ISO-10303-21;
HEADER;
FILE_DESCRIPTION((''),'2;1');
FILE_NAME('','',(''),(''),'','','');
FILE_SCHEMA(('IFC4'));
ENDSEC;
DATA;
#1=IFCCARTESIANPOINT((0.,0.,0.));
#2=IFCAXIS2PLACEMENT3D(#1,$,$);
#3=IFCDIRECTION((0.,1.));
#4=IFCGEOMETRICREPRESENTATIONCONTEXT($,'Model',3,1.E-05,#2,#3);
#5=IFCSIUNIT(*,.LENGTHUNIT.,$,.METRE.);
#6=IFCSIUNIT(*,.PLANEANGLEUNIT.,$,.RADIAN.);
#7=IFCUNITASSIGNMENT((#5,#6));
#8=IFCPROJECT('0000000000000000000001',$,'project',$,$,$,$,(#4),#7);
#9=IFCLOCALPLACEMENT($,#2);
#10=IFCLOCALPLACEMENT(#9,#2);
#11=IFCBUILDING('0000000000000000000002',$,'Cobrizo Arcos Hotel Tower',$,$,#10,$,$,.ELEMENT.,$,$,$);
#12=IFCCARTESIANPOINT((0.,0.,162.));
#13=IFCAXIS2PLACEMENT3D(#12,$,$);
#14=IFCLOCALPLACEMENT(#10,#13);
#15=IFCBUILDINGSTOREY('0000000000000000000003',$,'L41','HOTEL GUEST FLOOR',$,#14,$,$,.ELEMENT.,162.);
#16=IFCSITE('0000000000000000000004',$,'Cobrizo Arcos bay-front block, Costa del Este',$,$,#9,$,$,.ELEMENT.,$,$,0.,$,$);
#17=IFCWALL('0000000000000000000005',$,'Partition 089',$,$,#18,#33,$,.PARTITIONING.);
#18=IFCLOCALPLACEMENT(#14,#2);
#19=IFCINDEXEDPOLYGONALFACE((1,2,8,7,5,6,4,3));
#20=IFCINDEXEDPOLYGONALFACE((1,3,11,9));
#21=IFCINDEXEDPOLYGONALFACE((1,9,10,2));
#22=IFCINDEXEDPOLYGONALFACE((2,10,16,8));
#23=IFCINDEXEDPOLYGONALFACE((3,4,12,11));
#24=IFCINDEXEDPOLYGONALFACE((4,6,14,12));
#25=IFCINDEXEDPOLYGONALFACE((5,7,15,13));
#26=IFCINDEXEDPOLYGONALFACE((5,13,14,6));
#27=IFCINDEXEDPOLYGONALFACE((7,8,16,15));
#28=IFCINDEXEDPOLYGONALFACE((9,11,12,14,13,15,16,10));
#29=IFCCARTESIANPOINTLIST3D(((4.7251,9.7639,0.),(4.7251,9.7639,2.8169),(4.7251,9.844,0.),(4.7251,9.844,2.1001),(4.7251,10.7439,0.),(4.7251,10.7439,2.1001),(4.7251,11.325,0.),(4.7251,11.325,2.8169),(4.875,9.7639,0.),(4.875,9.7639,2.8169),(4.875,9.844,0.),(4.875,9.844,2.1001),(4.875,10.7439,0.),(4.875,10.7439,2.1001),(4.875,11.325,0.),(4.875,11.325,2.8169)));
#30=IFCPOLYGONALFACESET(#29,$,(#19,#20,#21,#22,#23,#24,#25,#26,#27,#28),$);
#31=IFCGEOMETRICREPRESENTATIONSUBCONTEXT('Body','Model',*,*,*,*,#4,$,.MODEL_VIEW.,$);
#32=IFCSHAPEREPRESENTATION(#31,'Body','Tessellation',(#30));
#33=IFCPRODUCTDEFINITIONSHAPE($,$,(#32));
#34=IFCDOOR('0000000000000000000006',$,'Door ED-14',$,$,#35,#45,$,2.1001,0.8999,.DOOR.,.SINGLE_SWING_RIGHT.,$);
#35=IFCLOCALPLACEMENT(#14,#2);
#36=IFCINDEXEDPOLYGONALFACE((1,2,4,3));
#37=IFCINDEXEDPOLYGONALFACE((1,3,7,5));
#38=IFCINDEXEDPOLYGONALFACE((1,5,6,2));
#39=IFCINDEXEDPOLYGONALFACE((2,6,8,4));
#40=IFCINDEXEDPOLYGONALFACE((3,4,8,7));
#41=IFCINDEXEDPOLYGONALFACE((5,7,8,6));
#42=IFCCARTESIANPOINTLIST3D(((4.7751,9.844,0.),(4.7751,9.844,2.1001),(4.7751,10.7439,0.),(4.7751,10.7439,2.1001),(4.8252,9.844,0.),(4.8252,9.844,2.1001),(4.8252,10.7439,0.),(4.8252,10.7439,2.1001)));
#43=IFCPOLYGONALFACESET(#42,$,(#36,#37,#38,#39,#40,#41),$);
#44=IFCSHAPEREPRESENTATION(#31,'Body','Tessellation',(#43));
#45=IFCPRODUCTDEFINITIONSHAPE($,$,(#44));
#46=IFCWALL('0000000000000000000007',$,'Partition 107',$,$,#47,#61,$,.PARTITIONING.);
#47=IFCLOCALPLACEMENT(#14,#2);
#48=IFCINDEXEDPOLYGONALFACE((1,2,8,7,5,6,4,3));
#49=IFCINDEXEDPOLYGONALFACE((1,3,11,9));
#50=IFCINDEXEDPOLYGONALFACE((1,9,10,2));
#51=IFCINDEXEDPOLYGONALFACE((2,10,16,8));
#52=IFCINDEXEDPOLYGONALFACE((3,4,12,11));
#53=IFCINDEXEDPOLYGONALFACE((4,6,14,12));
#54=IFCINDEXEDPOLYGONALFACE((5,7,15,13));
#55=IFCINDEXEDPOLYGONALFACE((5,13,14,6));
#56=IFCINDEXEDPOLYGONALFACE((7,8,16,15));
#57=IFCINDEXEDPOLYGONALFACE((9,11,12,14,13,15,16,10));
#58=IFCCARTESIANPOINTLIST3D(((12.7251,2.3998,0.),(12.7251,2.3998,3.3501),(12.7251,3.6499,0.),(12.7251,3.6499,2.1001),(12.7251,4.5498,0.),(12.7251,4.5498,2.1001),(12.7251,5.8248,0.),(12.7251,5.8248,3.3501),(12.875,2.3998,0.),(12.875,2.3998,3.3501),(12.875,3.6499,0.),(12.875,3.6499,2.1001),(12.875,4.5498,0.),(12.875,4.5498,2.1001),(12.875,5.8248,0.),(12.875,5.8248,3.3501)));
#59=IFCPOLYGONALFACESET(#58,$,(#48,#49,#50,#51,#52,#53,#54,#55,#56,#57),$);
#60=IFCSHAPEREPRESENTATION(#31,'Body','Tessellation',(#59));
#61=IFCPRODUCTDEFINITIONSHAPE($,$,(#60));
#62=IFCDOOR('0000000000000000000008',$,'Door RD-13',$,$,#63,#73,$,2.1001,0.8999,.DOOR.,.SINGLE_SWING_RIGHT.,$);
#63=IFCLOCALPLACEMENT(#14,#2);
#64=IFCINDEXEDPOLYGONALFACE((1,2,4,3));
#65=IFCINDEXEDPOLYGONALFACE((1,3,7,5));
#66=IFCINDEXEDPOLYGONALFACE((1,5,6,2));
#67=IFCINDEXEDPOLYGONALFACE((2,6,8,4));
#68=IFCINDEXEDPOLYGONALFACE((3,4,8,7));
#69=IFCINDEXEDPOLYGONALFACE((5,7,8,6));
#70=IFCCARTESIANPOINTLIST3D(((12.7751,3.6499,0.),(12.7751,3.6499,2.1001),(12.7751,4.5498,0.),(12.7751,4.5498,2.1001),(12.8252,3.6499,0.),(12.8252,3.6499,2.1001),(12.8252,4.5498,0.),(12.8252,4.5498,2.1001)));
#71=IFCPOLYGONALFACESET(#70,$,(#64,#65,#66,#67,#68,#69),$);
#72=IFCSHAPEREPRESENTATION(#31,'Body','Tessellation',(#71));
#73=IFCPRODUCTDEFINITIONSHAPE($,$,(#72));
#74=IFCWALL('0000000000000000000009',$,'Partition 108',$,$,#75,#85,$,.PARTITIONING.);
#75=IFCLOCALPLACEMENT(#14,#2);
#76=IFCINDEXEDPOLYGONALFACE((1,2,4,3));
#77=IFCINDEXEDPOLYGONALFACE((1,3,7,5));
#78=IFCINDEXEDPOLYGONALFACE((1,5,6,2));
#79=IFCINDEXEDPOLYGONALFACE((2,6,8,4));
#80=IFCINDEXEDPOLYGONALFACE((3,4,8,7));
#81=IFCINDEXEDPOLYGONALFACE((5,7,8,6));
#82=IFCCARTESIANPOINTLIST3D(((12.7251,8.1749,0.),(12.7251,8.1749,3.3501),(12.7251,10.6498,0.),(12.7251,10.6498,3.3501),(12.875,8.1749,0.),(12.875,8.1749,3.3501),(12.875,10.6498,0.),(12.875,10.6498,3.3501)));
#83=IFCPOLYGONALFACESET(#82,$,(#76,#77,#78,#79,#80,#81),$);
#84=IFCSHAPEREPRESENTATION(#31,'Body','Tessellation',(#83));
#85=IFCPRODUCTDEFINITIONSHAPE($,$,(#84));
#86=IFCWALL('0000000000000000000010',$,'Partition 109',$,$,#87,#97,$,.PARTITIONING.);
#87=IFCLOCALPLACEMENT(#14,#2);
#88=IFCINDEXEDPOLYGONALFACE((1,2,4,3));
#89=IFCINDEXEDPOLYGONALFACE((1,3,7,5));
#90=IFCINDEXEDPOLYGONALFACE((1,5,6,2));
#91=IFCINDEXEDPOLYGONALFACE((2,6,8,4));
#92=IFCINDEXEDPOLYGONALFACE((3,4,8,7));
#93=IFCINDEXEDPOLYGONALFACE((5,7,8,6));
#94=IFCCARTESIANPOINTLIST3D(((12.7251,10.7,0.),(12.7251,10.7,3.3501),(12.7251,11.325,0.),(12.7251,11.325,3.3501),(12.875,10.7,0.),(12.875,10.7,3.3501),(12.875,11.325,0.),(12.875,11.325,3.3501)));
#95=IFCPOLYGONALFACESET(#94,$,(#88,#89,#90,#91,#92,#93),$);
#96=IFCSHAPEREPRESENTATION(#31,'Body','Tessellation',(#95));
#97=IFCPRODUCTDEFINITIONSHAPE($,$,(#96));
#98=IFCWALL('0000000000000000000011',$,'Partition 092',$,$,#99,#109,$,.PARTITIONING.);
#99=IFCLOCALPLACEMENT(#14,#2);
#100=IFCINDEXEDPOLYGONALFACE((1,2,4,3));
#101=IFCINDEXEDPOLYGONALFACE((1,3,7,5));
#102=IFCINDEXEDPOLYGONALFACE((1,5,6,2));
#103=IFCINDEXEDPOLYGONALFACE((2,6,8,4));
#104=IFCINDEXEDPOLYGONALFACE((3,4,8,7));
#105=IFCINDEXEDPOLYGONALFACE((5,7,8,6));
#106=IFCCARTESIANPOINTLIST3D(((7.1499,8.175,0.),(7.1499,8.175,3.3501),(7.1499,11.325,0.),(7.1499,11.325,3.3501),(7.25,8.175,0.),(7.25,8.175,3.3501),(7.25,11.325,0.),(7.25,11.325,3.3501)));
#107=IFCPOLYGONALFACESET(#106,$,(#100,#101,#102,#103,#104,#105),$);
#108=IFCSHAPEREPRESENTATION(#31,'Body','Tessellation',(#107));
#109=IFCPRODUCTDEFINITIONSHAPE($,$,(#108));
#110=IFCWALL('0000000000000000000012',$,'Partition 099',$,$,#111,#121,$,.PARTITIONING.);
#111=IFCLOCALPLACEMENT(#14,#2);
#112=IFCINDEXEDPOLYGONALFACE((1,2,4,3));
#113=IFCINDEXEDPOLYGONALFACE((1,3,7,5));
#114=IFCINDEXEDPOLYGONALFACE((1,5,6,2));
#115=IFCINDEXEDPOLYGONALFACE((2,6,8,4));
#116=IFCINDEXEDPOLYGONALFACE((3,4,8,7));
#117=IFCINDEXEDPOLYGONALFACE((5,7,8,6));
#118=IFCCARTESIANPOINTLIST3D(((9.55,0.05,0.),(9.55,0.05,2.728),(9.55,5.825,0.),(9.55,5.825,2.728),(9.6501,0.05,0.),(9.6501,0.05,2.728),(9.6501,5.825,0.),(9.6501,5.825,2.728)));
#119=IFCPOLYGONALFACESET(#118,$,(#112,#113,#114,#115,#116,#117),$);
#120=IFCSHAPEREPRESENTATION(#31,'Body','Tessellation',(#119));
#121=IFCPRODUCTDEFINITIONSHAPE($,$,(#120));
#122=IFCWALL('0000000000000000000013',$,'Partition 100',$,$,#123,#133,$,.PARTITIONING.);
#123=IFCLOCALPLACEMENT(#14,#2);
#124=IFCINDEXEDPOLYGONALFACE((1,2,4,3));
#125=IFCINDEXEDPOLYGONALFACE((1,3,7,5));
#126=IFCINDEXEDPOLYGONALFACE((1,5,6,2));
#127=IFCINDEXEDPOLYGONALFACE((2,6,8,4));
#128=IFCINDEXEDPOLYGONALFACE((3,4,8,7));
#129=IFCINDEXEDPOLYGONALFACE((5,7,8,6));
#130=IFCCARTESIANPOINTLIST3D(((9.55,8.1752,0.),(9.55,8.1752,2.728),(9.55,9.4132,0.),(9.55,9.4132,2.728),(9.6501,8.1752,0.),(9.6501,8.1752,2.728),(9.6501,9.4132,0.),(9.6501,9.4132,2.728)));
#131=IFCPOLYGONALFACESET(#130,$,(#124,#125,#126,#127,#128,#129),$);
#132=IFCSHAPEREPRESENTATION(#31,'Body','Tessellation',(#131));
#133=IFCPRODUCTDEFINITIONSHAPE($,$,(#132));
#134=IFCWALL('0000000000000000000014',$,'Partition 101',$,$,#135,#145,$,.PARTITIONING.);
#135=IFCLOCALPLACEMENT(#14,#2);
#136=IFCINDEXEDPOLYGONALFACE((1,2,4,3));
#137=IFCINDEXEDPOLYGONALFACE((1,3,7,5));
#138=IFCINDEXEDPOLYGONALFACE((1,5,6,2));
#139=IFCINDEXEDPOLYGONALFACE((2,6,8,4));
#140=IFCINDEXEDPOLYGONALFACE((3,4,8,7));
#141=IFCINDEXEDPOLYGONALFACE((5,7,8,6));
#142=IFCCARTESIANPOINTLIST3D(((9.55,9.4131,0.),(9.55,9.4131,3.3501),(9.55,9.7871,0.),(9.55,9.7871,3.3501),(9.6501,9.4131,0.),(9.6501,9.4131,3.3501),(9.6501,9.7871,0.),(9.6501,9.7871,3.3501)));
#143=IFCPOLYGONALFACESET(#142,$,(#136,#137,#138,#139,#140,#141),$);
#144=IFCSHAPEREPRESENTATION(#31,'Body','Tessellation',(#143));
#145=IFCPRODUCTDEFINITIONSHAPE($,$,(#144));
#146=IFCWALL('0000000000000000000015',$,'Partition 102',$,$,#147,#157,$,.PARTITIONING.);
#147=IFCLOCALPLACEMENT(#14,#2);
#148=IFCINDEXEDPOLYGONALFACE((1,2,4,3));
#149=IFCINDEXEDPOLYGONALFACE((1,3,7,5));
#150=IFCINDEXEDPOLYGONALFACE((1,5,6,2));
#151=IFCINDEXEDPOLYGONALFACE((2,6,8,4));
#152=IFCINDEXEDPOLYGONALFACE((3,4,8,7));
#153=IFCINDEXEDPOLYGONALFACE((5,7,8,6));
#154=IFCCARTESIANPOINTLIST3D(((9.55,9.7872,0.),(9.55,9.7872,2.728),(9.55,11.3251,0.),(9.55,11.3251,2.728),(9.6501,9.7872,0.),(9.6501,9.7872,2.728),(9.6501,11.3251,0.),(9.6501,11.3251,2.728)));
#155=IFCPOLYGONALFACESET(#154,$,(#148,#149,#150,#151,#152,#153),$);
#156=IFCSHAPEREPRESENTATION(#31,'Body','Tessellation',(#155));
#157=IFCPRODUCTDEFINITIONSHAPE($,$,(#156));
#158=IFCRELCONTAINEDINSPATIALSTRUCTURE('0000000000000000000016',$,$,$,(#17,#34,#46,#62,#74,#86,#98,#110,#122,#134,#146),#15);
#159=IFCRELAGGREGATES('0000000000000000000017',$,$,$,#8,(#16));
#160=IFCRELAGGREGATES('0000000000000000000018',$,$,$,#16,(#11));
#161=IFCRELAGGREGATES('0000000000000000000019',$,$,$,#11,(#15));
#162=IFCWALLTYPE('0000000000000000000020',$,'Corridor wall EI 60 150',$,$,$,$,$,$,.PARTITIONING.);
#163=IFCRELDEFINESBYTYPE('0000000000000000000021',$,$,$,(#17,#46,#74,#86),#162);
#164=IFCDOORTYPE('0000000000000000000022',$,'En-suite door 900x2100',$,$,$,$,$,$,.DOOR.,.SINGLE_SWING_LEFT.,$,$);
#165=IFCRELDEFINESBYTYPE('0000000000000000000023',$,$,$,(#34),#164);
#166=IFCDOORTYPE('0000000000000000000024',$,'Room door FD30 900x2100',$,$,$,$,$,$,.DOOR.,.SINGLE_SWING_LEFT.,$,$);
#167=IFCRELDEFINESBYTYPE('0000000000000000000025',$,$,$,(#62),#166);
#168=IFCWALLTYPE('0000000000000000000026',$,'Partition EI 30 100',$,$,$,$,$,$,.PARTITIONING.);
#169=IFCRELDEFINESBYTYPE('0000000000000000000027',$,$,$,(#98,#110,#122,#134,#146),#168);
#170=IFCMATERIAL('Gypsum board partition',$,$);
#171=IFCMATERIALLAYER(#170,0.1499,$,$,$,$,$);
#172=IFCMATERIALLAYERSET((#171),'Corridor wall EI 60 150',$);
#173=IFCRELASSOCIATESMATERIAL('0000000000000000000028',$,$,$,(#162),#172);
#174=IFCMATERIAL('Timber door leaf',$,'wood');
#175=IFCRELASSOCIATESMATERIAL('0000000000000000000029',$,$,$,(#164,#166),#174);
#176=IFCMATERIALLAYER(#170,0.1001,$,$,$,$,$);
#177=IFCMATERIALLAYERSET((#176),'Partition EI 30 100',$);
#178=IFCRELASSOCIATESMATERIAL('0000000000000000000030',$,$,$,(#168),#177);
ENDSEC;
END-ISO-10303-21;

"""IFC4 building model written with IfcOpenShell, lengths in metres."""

from ifc_helpers import new_model, si_unit, direction, frame, frame_2d, origin, place, context, subcontext, project, spatial, rectangle, extrude, material, layer, layer_set, type_object, element, fill, save


model = new_model("IFC4")

# Units and contexts
model_context = context("Model", 3, precision=1e-05, world=origin(), true_north=direction((0.0, 1.0)))
body_context = subcontext(model_context, "Body", "Model", "MODEL_VIEW")
ifc_project = project(units=[si_unit("LENGTHUNIT", "METRE"), si_unit("PLANEANGLEUNIT", "RADIAN")], contexts=[model_context])

# Site, building, storey
site_placement = place(None, origin())
site = spatial("IfcSite", under=ifc_project, at=site_placement, Name="Cobrizo Arcos bay-front block, Costa del Este", CompositionType="ELEMENT", RefElevation=0.0)
building_placement = place(site_placement, origin())
building = spatial("IfcBuilding", under=site, at=building_placement, Name="Cobrizo Arcos Hotel Tower", CompositionType="ELEMENT")
storey_placement = place(building_placement, frame((0.0, 0.0, 162.0)))
storey = spatial("IfcBuildingStorey", under=building, at=storey_placement, Name="L41", Description="HOTEL GUEST FLOOR", CompositionType="ELEMENT", Elevation=162.0)

# Shared definitions
ifc_material_1 = material(Name="Gypsum board partition")
ifc_layer_1 = layer(ifc_material_1, 0.1499)
ifc_layer_set_1 = layer_set([ifc_layer_1], Name="Corridor wall EI 60 150")
wall_type_1 = type_object("IfcWallType", Name="Corridor wall EI 60 150", PredefinedType="PARTITIONING", material=ifc_layer_set_1)

# Shared definitions
ifc_material_2 = material(Name="Timber door leaf", Category="wood")
door_type_1 = type_object("IfcDoorType", Name="En-suite door 900x2100", OperationType="SINGLE_SWING_LEFT", PredefinedType="DOOR", material=ifc_material_2)
door_type_2 = type_object("IfcDoorType", Name="Room door FD30 900x2100", OperationType="SINGLE_SWING_LEFT", PredefinedType="DOOR", material=ifc_material_2)

# Walls, openings, doors
wall_1_placement = place(storey_placement, frame((4.8, 9.7639, 0.0), z_axis=(0.0, 0.0, 1.0), x_axis=(0.0, 1.0, 0.0)))
wall_1 = element("IfcWall", 1, at=wall_1_placement, inside=storey, type_object=wall_type_1, Name="Partition 089", PredefinedType="PARTITIONING", context=body_context, shape_type="SweptSolid", body=[
    extrude(rectangle(XDim=1.561, YDim=0.1499, at=frame_2d((0.7805, 0.0))), origin(), (0.0, 0.0, 1.0), 2.8169),
])
opening_1_placement = place(wall_1_placement, frame((0.0801, 0.0, 0.0)))
opening_1 = element("IfcOpeningElement", 2, at=opening_1_placement, cuts=wall_1, PredefinedType="OPENING", context=body_context, shape_type="SweptSolid", body=[
    extrude(rectangle(XDim=0.8999, YDim=2.1001, at=frame_2d((0.45, 1.05))), frame((0.0, 0.0869, 0.0), z_axis=(0.0, -1.0, 0.0), x_axis=(1.0, 0.0, 0.0)), (0.0, 0.0, 1.0), 0.1738),
])
door_1_placement = place(opening_1_placement, origin())
door_1 = element("IfcDoor", 3, at=door_1_placement, inside=storey, type_object=door_type_1, Name="Door ED-14", OperationType="SINGLE_SWING_RIGHT", OverallHeight=2.1001, OverallWidth=0.8999, PredefinedType="DOOR", context=body_context, shape_type="SweptSolid", body=[
    extrude(rectangle(XDim=0.8999, YDim=2.1001, at=frame_2d((0.45, 1.05))), frame((0.0, 0.0249, 0.0), z_axis=(0.0, -1.0, 0.0), x_axis=(1.0, 0.0, 0.0)), (0.0, 0.0, 1.0), 0.05),
])
fill(opening_1, door_1)
wall_2_placement = place(storey_placement, frame((12.8, 2.3999, 0.0), z_axis=(0.0, 0.0, 1.0), x_axis=(0.0, 1.0, 0.0)))
wall_2 = element("IfcWall", 4, at=wall_2_placement, inside=storey, type_object=wall_type_1, Name="Partition 107", PredefinedType="PARTITIONING", context=body_context, shape_type="SweptSolid", body=[
    extrude(rectangle(XDim=3.425, YDim=0.1499, at=frame_2d((1.7124, 0.0))), origin(), (0.0, 0.0, 1.0), 3.3501),
])
opening_2_placement = place(wall_2_placement, frame((1.25, 0.0, 0.0)))
opening_2 = element("IfcOpeningElement", 5, at=opening_2_placement, cuts=wall_2, PredefinedType="OPENING", context=body_context, shape_type="SweptSolid", body=[
    extrude(rectangle(XDim=0.8999, YDim=2.1001, at=frame_2d((0.45, 1.05))), frame((0.0, 0.0869, 0.0), z_axis=(0.0, -1.0, 0.0), x_axis=(1.0, 0.0, 0.0)), (0.0, 0.0, 1.0), 0.1738),
])
door_2_placement = place(opening_2_placement, origin())
door_2 = element("IfcDoor", 6, at=door_2_placement, inside=storey, type_object=door_type_2, Name="Door RD-13", OperationType="SINGLE_SWING_RIGHT", OverallHeight=2.1001, OverallWidth=0.8999, PredefinedType="DOOR", context=body_context, shape_type="SweptSolid", body=[
    extrude(rectangle(XDim=0.8999, YDim=2.1001, at=frame_2d((0.45, 1.05))), frame((0.0, 0.0249, 0.0), z_axis=(0.0, -1.0, 0.0), x_axis=(1.0, 0.0, 0.0)), (0.0, 0.0, 1.0), 0.05),
])
fill(opening_2, door_2)

# Walls
wall_3_placement = place(storey_placement, frame((12.8, 8.175, 0.0), z_axis=(0.0, 0.0, 1.0), x_axis=(0.0, 1.0, 0.0)))
element("IfcWall", 7, at=wall_3_placement, inside=storey, type_object=wall_type_1, Name="Partition 108", PredefinedType="PARTITIONING", context=body_context, shape_type="SweptSolid", body=[
    extrude(rectangle(XDim=2.4749, YDim=0.1499, at=frame_2d((1.2373, 0.0))), origin(), (0.0, 0.0, 1.0), 3.3501),
])
wall_4_placement = place(storey_placement, frame((12.8, 10.7, 0.0), z_axis=(0.0, 0.0, 1.0), x_axis=(0.0, 1.0, 0.0)))
element("IfcWall", 8, at=wall_4_placement, inside=storey, type_object=wall_type_1, Name="Partition 109", PredefinedType="PARTITIONING", context=body_context, shape_type="SweptSolid", body=[
    extrude(rectangle(XDim=0.625, YDim=0.1499, at=frame_2d((0.3125, 0.0))), origin(), (0.0, 0.0, 1.0), 3.3501),
])
ifc_layer_2 = layer(ifc_material_1, 0.1001)
ifc_layer_set_2 = layer_set([ifc_layer_2], Name="Partition EI 30 100")
wall_type_2 = type_object("IfcWallType", Name="Partition EI 30 100", PredefinedType="PARTITIONING", material=ifc_layer_set_2)
wall_5_placement = place(storey_placement, frame((7.2, 8.175, 0.0), z_axis=(0.0, 0.0, 1.0), x_axis=(0.0, 1.0, 0.0)))
element("IfcWall", 9, at=wall_5_placement, inside=storey, type_object=wall_type_2, Name="Partition 092", PredefinedType="PARTITIONING", context=body_context, shape_type="SweptSolid", body=[
    extrude(rectangle(XDim=3.1499, YDim=0.1001, at=frame_2d((1.575, 0.0))), origin(), (0.0, 0.0, 1.0), 3.3501),
])
wall_6_placement = place(storey_placement, frame((9.6001, 0.05, 0.0), z_axis=(0.0, 0.0, 1.0), x_axis=(0.0, 1.0, 0.0)))
element("IfcWall", 10, at=wall_6_placement, inside=storey, type_object=wall_type_2, Name="Partition 099", PredefinedType="PARTITIONING", context=body_context, shape_type="SweptSolid", body=[
    extrude(rectangle(XDim=5.7749, YDim=0.1001, at=frame_2d((2.8875, 0.0))), origin(), (0.0, 0.0, 1.0), 2.728),
])
wall_7_placement = place(storey_placement, frame((9.6001, 8.175, 0.0), z_axis=(0.0, 0.0, 1.0), x_axis=(0.0, 1.0, 0.0)))
element("IfcWall", 11, at=wall_7_placement, inside=storey, type_object=wall_type_2, Name="Partition 100", PredefinedType="PARTITIONING", context=body_context, shape_type="SweptSolid", body=[
    extrude(rectangle(XDim=1.238, YDim=0.1001, at=frame_2d((0.6191, 0.0))), origin(), (0.0, 0.0, 1.0), 2.728),
])
wall_8_placement = place(storey_placement, frame((9.6001, 9.4131, 0.0), z_axis=(0.0, 0.0, 1.0), x_axis=(0.0, 1.0, 0.0)))
element("IfcWall", 12, at=wall_8_placement, inside=storey, type_object=wall_type_2, Name="Partition 101", PredefinedType="PARTITIONING", context=body_context, shape_type="SweptSolid", body=[
    extrude(rectangle(XDim=0.374, YDim=0.1001, at=frame_2d((0.187, 0.0))), origin(), (0.0, 0.0, 1.0), 3.3501),
])
wall_9_placement = place(storey_placement, frame((9.6001, 9.7871, 0.0), z_axis=(0.0, 0.0, 1.0), x_axis=(0.0, 1.0, 0.0)))
element("IfcWall", 13, at=wall_9_placement, inside=storey, type_object=wall_type_2, Name="Partition 102", PredefinedType="PARTITIONING", context=body_context, shape_type="SweptSolid", body=[
    extrude(rectangle(XDim=1.5378, YDim=0.1001, at=frame_2d((0.769, 0.0))), origin(), (0.0, 0.0, 1.0), 2.728),
])

save(model, "model.ifc")
